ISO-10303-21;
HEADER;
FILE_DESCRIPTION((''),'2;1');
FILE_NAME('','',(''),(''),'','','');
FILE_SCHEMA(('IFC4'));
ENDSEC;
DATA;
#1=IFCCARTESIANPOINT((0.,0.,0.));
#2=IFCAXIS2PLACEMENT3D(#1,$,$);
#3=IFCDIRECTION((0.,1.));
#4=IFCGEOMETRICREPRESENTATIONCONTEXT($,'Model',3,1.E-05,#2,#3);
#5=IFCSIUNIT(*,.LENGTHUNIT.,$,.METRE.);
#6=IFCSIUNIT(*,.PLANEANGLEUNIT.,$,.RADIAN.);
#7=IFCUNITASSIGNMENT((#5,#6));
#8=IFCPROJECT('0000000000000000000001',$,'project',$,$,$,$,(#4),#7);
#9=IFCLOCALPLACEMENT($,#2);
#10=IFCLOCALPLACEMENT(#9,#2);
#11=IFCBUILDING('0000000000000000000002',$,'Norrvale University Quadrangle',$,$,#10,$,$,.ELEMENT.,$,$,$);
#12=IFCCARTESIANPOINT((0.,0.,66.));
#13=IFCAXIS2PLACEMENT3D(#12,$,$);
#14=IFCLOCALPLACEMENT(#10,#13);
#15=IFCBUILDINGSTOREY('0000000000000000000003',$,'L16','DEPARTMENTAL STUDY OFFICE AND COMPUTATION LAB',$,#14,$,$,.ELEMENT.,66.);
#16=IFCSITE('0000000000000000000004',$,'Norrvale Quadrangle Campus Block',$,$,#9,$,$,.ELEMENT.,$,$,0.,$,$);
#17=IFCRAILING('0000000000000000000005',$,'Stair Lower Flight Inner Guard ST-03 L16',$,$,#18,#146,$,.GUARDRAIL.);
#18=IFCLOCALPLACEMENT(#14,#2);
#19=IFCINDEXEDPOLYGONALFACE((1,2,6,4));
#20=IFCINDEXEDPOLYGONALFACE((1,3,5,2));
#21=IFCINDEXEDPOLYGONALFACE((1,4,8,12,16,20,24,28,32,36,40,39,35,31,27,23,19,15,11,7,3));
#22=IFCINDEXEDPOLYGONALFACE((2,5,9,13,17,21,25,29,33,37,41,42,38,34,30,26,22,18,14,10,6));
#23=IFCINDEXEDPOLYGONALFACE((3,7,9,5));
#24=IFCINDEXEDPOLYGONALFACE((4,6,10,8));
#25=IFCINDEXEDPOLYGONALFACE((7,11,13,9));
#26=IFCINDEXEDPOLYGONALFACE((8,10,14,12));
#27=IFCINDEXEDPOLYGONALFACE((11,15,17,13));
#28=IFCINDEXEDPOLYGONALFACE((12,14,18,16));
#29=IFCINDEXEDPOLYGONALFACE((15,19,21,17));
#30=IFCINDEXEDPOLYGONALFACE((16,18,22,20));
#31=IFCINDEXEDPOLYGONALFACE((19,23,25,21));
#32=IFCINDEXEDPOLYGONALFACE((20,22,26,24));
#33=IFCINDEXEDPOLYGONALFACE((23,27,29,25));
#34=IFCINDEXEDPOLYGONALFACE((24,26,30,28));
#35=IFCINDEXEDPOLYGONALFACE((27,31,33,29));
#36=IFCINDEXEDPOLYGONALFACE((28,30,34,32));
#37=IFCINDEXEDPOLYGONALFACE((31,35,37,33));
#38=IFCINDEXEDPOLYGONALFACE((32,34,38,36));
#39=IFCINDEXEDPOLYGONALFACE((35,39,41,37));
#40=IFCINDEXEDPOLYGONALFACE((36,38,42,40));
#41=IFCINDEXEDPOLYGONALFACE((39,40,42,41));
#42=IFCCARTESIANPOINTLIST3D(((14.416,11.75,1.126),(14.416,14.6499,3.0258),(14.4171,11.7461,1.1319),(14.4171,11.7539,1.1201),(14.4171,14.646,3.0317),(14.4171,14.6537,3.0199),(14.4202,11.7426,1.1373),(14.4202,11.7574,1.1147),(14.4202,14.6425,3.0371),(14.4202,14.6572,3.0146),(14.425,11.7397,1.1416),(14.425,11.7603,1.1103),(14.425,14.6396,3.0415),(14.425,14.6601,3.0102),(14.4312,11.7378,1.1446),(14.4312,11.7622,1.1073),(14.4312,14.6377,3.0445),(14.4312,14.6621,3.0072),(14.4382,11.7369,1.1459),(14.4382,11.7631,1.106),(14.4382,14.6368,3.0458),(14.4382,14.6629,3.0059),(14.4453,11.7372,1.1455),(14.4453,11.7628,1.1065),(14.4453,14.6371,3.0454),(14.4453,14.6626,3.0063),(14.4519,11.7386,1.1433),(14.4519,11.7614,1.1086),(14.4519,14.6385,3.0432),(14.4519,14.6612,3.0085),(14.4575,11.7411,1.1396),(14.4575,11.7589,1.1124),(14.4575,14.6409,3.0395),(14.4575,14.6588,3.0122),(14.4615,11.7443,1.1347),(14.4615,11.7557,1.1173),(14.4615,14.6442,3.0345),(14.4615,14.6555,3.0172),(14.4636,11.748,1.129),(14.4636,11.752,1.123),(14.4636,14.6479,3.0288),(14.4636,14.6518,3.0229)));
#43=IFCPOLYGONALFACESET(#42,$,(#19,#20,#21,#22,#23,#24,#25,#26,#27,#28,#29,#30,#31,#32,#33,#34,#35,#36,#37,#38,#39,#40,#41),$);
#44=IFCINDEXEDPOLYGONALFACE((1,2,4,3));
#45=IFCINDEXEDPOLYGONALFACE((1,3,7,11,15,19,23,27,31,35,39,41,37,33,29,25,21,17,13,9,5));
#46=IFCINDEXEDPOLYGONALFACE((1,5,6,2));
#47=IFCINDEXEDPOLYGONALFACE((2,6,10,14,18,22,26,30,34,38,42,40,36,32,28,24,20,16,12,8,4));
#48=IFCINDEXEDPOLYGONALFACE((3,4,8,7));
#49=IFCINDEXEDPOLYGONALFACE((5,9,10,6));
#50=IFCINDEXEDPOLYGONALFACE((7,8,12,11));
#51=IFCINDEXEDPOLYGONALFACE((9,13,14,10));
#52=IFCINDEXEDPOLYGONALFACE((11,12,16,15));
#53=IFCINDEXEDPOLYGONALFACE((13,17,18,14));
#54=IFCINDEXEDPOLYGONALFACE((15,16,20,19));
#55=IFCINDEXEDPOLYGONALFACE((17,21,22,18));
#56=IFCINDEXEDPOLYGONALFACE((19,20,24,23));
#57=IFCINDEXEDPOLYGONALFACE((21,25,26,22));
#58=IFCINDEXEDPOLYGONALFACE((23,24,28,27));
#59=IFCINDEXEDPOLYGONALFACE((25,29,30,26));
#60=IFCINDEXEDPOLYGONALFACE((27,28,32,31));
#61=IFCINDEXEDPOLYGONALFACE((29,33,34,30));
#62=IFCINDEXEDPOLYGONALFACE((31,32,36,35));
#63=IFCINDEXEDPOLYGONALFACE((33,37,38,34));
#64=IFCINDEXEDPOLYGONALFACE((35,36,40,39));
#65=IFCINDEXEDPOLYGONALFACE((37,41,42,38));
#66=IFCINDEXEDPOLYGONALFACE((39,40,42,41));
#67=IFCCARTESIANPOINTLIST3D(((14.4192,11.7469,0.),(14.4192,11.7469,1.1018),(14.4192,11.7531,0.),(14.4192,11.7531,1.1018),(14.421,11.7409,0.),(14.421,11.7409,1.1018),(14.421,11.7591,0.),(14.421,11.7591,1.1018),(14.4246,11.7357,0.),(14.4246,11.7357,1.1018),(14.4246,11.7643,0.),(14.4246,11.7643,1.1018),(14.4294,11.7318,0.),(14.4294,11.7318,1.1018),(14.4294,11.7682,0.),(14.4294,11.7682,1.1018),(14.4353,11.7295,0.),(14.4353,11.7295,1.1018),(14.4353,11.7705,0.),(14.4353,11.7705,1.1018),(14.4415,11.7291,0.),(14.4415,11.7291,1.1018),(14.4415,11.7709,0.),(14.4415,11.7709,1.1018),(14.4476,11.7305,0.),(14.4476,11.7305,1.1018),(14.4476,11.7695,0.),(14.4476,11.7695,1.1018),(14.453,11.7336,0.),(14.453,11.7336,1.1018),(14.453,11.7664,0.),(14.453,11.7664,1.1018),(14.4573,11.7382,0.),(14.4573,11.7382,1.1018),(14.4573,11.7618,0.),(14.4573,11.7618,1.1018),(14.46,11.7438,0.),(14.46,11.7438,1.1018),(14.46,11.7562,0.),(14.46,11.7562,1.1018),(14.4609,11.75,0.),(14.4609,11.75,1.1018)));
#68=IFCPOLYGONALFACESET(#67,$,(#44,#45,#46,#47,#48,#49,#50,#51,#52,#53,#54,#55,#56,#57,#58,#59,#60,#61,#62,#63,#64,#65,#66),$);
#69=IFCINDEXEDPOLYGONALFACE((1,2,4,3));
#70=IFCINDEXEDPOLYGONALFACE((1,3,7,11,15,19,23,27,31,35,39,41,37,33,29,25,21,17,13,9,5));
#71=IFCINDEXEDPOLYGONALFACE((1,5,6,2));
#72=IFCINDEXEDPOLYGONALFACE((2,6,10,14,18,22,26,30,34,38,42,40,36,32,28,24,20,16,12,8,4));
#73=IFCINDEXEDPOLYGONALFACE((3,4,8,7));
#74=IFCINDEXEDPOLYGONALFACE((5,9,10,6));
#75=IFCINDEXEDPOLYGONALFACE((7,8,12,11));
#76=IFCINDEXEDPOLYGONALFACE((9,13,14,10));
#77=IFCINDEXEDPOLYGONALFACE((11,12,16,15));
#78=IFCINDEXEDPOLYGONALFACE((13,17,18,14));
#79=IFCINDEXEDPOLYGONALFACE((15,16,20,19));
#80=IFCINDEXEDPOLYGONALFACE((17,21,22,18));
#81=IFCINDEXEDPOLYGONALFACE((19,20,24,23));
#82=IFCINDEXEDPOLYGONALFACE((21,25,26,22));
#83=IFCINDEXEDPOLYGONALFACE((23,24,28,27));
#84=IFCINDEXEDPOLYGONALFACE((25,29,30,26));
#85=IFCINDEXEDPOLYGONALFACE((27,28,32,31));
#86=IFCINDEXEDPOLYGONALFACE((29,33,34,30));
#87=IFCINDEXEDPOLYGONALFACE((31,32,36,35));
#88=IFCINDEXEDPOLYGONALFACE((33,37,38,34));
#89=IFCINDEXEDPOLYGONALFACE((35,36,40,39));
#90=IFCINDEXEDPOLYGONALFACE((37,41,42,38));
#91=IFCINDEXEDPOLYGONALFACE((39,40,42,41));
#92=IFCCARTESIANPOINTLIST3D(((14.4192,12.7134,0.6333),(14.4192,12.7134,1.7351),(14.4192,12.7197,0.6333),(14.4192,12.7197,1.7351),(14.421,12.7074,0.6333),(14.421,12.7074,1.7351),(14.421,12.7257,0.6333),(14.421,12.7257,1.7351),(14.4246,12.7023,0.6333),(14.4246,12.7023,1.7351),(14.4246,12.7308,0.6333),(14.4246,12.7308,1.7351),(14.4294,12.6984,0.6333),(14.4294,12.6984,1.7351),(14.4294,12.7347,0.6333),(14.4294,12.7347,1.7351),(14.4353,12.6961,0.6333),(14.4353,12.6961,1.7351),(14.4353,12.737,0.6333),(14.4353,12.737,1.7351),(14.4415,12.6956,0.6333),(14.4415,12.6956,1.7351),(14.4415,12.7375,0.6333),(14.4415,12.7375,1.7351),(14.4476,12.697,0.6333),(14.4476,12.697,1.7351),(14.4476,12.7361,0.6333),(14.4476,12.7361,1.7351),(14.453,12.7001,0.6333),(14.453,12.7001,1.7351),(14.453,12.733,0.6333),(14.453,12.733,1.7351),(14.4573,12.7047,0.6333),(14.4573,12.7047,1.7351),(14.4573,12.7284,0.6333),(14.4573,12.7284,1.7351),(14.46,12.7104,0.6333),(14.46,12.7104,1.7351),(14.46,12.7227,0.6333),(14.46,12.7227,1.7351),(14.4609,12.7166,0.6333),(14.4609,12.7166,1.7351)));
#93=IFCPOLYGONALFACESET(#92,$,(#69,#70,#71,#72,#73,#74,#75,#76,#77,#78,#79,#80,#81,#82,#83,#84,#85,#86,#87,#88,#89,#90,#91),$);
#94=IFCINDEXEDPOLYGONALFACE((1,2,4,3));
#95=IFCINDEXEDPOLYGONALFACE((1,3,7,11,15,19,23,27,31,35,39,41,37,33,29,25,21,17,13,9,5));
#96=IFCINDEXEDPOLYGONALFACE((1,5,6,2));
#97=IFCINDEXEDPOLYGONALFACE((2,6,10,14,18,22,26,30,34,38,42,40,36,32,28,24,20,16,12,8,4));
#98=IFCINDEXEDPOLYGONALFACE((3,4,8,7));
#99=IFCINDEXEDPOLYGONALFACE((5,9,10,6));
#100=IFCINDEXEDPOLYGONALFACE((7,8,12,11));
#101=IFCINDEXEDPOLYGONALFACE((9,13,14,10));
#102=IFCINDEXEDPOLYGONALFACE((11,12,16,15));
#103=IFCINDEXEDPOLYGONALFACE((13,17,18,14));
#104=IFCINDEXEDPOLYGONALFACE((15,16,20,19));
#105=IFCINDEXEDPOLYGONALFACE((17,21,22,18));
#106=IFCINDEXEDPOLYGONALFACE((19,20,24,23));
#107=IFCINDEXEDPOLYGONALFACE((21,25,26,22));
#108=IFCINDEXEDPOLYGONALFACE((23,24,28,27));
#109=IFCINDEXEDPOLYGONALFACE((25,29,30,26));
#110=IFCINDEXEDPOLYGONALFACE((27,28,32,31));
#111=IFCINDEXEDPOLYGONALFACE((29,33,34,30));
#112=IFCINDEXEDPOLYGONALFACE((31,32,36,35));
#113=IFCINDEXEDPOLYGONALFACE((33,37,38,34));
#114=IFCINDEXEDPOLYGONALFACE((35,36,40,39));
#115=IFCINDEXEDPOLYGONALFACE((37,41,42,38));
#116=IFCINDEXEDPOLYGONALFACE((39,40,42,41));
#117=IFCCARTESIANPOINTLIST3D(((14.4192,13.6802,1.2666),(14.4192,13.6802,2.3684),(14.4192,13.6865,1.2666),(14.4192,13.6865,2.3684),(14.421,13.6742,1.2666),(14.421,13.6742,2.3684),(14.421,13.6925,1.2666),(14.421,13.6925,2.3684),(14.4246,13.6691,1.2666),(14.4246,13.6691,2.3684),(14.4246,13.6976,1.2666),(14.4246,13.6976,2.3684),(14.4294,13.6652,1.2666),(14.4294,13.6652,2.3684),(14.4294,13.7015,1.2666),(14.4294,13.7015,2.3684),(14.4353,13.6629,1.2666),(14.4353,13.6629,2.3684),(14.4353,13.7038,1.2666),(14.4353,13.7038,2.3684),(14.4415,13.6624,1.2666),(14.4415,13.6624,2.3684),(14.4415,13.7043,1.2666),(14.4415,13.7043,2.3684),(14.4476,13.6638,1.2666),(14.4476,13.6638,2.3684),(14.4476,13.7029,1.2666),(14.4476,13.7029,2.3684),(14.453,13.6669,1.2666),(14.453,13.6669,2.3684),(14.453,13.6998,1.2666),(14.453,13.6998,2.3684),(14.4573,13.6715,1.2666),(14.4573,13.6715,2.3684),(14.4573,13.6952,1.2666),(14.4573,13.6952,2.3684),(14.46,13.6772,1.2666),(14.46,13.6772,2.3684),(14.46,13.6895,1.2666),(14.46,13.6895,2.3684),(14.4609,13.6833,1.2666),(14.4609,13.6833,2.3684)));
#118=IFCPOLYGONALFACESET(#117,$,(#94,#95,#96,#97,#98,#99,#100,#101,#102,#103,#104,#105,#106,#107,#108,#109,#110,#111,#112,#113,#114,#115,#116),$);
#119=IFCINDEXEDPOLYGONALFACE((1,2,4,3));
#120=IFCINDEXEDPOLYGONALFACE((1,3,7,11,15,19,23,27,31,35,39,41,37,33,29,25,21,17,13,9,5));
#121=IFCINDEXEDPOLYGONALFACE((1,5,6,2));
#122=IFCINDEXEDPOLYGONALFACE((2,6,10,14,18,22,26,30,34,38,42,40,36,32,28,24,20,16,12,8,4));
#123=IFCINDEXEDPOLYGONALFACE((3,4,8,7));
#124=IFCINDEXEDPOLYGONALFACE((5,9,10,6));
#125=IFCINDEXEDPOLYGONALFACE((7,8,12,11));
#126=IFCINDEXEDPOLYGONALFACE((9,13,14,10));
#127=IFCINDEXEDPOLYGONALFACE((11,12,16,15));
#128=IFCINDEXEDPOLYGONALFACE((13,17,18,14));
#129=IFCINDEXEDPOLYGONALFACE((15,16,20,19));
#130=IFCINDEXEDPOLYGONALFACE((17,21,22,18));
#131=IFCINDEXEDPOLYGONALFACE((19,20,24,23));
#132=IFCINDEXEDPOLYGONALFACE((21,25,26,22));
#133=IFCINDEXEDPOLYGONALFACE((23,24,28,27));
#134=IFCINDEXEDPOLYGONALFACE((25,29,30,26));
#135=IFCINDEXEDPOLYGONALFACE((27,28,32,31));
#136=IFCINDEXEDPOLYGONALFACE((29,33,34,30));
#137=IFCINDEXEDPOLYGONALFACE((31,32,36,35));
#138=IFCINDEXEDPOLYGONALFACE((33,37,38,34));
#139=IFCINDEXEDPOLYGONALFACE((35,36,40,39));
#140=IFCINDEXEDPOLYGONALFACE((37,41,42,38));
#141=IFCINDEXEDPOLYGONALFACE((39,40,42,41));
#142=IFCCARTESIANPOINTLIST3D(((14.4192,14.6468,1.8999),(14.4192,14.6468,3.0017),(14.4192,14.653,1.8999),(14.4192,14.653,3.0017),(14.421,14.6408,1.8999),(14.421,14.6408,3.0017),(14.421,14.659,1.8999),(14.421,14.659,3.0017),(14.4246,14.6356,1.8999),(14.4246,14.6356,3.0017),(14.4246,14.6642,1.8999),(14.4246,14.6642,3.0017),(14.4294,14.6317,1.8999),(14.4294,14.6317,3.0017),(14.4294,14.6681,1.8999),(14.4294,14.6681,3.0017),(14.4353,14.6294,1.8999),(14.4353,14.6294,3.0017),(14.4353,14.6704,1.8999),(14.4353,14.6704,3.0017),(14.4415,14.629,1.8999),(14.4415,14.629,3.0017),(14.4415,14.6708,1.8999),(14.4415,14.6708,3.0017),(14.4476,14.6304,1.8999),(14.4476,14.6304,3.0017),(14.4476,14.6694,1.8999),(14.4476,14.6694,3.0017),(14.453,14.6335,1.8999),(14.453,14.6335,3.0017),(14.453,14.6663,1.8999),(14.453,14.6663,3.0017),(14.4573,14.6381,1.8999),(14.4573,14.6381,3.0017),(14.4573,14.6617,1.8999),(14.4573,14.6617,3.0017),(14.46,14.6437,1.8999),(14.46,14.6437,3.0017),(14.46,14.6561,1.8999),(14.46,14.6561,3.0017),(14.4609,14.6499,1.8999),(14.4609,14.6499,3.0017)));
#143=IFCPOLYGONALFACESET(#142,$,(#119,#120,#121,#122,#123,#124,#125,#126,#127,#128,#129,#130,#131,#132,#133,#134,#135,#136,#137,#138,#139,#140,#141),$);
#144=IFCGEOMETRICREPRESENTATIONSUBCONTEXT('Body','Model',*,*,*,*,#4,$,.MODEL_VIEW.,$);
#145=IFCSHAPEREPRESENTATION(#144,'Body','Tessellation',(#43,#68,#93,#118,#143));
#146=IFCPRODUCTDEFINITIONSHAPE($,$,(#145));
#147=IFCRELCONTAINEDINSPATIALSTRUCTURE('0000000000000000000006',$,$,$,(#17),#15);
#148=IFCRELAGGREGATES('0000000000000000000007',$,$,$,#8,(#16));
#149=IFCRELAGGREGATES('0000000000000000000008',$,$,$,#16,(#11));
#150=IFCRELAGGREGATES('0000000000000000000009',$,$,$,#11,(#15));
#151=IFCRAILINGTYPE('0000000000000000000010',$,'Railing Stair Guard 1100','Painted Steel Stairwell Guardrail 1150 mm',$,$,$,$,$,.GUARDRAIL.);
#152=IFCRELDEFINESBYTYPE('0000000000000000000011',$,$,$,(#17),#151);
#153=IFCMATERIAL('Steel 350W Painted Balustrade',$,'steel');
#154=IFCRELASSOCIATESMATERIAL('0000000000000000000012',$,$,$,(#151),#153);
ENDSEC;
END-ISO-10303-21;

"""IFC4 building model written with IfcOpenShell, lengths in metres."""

from ifc_helpers import new_model, si_unit, direction, frame, origin, origin_2d, place, context, subcontext, project, spatial, circle, extrude, material, type_object, element, save


model = new_model("IFC4")

# Units and contexts
model_context = context("Model", 3, precision=1e-05, world=origin(), true_north=direction((0.0, 1.0)))
body_context = subcontext(model_context, "Body", "Model", "MODEL_VIEW")
ifc_project = project(units=[si_unit("LENGTHUNIT", "METRE"), si_unit("PLANEANGLEUNIT", "RADIAN")], contexts=[model_context])

# Site, building, storey
site_placement = place(None, origin())
site = spatial("IfcSite", under=ifc_project, at=site_placement, Name="Norrvale Quadrangle Campus Block", CompositionType="ELEMENT", RefElevation=0.0)
building_placement = place(site_placement, origin())
building = spatial("IfcBuilding", under=site, at=building_placement, Name="Norrvale University Quadrangle", CompositionType="ELEMENT")
storey_placement = place(building_placement, frame((0.0, 0.0, 66.0)))
storey = spatial("IfcBuildingStorey", under=building, at=storey_placement, Name="L16", Description="DEPARTMENTAL STUDY OFFICE AND COMPUTATION LAB", CompositionType="ELEMENT", Elevation=66.0)

# Railing
ifc_material_1 = material(Name="Steel 350W Painted Balustrade", Category="steel")
railing_type_1 = type_object("IfcRailingType", Name="Railing Stair Guard 1100", Description="Painted Steel Stairwell Guardrail 1150 mm", PredefinedType="GUARDRAIL", material=ifc_material_1)
railing_1_placement = place(storey_placement, frame((14.4399, 11.75, 0.0)))
element("IfcRailing", 1, at=railing_1_placement, inside=storey, type_object=railing_type_1, Name="Stair Lower Flight Inner Guard ST-03 L16", PredefinedType="GUARDRAIL", context=body_context, shape_type="SweptSolid", body=[
    extrude(circle(Radius=0.0239, at=origin_2d()), frame((0.0, 0.0, 1.126), z_axis=(0.0, 0.836466, 0.548019), x_axis=(-1.0, 0.0, 0.0)), (0.0, 0.0, 1.0), 3.4668),
    extrude(circle(Radius=0.021, at=origin_2d()), origin(), (0.0, 0.0, 1.0), 1.1018),
    extrude(circle(Radius=0.021, at=origin_2d()), frame((0.0, 0.9666, 0.6333)), (0.0, 0.0, 1.0), 1.1018),
    extrude(circle(Radius=0.021, at=origin_2d()), frame((0.0, 1.9333, 1.2666)), (0.0, 0.0, 1.0), 1.1018),
    extrude(circle(Radius=0.021, at=origin_2d()), frame((0.0, 2.8999, 1.8999)), (0.0, 0.0, 1.0), 1.1018),
])

save(model, "model.ifc")
